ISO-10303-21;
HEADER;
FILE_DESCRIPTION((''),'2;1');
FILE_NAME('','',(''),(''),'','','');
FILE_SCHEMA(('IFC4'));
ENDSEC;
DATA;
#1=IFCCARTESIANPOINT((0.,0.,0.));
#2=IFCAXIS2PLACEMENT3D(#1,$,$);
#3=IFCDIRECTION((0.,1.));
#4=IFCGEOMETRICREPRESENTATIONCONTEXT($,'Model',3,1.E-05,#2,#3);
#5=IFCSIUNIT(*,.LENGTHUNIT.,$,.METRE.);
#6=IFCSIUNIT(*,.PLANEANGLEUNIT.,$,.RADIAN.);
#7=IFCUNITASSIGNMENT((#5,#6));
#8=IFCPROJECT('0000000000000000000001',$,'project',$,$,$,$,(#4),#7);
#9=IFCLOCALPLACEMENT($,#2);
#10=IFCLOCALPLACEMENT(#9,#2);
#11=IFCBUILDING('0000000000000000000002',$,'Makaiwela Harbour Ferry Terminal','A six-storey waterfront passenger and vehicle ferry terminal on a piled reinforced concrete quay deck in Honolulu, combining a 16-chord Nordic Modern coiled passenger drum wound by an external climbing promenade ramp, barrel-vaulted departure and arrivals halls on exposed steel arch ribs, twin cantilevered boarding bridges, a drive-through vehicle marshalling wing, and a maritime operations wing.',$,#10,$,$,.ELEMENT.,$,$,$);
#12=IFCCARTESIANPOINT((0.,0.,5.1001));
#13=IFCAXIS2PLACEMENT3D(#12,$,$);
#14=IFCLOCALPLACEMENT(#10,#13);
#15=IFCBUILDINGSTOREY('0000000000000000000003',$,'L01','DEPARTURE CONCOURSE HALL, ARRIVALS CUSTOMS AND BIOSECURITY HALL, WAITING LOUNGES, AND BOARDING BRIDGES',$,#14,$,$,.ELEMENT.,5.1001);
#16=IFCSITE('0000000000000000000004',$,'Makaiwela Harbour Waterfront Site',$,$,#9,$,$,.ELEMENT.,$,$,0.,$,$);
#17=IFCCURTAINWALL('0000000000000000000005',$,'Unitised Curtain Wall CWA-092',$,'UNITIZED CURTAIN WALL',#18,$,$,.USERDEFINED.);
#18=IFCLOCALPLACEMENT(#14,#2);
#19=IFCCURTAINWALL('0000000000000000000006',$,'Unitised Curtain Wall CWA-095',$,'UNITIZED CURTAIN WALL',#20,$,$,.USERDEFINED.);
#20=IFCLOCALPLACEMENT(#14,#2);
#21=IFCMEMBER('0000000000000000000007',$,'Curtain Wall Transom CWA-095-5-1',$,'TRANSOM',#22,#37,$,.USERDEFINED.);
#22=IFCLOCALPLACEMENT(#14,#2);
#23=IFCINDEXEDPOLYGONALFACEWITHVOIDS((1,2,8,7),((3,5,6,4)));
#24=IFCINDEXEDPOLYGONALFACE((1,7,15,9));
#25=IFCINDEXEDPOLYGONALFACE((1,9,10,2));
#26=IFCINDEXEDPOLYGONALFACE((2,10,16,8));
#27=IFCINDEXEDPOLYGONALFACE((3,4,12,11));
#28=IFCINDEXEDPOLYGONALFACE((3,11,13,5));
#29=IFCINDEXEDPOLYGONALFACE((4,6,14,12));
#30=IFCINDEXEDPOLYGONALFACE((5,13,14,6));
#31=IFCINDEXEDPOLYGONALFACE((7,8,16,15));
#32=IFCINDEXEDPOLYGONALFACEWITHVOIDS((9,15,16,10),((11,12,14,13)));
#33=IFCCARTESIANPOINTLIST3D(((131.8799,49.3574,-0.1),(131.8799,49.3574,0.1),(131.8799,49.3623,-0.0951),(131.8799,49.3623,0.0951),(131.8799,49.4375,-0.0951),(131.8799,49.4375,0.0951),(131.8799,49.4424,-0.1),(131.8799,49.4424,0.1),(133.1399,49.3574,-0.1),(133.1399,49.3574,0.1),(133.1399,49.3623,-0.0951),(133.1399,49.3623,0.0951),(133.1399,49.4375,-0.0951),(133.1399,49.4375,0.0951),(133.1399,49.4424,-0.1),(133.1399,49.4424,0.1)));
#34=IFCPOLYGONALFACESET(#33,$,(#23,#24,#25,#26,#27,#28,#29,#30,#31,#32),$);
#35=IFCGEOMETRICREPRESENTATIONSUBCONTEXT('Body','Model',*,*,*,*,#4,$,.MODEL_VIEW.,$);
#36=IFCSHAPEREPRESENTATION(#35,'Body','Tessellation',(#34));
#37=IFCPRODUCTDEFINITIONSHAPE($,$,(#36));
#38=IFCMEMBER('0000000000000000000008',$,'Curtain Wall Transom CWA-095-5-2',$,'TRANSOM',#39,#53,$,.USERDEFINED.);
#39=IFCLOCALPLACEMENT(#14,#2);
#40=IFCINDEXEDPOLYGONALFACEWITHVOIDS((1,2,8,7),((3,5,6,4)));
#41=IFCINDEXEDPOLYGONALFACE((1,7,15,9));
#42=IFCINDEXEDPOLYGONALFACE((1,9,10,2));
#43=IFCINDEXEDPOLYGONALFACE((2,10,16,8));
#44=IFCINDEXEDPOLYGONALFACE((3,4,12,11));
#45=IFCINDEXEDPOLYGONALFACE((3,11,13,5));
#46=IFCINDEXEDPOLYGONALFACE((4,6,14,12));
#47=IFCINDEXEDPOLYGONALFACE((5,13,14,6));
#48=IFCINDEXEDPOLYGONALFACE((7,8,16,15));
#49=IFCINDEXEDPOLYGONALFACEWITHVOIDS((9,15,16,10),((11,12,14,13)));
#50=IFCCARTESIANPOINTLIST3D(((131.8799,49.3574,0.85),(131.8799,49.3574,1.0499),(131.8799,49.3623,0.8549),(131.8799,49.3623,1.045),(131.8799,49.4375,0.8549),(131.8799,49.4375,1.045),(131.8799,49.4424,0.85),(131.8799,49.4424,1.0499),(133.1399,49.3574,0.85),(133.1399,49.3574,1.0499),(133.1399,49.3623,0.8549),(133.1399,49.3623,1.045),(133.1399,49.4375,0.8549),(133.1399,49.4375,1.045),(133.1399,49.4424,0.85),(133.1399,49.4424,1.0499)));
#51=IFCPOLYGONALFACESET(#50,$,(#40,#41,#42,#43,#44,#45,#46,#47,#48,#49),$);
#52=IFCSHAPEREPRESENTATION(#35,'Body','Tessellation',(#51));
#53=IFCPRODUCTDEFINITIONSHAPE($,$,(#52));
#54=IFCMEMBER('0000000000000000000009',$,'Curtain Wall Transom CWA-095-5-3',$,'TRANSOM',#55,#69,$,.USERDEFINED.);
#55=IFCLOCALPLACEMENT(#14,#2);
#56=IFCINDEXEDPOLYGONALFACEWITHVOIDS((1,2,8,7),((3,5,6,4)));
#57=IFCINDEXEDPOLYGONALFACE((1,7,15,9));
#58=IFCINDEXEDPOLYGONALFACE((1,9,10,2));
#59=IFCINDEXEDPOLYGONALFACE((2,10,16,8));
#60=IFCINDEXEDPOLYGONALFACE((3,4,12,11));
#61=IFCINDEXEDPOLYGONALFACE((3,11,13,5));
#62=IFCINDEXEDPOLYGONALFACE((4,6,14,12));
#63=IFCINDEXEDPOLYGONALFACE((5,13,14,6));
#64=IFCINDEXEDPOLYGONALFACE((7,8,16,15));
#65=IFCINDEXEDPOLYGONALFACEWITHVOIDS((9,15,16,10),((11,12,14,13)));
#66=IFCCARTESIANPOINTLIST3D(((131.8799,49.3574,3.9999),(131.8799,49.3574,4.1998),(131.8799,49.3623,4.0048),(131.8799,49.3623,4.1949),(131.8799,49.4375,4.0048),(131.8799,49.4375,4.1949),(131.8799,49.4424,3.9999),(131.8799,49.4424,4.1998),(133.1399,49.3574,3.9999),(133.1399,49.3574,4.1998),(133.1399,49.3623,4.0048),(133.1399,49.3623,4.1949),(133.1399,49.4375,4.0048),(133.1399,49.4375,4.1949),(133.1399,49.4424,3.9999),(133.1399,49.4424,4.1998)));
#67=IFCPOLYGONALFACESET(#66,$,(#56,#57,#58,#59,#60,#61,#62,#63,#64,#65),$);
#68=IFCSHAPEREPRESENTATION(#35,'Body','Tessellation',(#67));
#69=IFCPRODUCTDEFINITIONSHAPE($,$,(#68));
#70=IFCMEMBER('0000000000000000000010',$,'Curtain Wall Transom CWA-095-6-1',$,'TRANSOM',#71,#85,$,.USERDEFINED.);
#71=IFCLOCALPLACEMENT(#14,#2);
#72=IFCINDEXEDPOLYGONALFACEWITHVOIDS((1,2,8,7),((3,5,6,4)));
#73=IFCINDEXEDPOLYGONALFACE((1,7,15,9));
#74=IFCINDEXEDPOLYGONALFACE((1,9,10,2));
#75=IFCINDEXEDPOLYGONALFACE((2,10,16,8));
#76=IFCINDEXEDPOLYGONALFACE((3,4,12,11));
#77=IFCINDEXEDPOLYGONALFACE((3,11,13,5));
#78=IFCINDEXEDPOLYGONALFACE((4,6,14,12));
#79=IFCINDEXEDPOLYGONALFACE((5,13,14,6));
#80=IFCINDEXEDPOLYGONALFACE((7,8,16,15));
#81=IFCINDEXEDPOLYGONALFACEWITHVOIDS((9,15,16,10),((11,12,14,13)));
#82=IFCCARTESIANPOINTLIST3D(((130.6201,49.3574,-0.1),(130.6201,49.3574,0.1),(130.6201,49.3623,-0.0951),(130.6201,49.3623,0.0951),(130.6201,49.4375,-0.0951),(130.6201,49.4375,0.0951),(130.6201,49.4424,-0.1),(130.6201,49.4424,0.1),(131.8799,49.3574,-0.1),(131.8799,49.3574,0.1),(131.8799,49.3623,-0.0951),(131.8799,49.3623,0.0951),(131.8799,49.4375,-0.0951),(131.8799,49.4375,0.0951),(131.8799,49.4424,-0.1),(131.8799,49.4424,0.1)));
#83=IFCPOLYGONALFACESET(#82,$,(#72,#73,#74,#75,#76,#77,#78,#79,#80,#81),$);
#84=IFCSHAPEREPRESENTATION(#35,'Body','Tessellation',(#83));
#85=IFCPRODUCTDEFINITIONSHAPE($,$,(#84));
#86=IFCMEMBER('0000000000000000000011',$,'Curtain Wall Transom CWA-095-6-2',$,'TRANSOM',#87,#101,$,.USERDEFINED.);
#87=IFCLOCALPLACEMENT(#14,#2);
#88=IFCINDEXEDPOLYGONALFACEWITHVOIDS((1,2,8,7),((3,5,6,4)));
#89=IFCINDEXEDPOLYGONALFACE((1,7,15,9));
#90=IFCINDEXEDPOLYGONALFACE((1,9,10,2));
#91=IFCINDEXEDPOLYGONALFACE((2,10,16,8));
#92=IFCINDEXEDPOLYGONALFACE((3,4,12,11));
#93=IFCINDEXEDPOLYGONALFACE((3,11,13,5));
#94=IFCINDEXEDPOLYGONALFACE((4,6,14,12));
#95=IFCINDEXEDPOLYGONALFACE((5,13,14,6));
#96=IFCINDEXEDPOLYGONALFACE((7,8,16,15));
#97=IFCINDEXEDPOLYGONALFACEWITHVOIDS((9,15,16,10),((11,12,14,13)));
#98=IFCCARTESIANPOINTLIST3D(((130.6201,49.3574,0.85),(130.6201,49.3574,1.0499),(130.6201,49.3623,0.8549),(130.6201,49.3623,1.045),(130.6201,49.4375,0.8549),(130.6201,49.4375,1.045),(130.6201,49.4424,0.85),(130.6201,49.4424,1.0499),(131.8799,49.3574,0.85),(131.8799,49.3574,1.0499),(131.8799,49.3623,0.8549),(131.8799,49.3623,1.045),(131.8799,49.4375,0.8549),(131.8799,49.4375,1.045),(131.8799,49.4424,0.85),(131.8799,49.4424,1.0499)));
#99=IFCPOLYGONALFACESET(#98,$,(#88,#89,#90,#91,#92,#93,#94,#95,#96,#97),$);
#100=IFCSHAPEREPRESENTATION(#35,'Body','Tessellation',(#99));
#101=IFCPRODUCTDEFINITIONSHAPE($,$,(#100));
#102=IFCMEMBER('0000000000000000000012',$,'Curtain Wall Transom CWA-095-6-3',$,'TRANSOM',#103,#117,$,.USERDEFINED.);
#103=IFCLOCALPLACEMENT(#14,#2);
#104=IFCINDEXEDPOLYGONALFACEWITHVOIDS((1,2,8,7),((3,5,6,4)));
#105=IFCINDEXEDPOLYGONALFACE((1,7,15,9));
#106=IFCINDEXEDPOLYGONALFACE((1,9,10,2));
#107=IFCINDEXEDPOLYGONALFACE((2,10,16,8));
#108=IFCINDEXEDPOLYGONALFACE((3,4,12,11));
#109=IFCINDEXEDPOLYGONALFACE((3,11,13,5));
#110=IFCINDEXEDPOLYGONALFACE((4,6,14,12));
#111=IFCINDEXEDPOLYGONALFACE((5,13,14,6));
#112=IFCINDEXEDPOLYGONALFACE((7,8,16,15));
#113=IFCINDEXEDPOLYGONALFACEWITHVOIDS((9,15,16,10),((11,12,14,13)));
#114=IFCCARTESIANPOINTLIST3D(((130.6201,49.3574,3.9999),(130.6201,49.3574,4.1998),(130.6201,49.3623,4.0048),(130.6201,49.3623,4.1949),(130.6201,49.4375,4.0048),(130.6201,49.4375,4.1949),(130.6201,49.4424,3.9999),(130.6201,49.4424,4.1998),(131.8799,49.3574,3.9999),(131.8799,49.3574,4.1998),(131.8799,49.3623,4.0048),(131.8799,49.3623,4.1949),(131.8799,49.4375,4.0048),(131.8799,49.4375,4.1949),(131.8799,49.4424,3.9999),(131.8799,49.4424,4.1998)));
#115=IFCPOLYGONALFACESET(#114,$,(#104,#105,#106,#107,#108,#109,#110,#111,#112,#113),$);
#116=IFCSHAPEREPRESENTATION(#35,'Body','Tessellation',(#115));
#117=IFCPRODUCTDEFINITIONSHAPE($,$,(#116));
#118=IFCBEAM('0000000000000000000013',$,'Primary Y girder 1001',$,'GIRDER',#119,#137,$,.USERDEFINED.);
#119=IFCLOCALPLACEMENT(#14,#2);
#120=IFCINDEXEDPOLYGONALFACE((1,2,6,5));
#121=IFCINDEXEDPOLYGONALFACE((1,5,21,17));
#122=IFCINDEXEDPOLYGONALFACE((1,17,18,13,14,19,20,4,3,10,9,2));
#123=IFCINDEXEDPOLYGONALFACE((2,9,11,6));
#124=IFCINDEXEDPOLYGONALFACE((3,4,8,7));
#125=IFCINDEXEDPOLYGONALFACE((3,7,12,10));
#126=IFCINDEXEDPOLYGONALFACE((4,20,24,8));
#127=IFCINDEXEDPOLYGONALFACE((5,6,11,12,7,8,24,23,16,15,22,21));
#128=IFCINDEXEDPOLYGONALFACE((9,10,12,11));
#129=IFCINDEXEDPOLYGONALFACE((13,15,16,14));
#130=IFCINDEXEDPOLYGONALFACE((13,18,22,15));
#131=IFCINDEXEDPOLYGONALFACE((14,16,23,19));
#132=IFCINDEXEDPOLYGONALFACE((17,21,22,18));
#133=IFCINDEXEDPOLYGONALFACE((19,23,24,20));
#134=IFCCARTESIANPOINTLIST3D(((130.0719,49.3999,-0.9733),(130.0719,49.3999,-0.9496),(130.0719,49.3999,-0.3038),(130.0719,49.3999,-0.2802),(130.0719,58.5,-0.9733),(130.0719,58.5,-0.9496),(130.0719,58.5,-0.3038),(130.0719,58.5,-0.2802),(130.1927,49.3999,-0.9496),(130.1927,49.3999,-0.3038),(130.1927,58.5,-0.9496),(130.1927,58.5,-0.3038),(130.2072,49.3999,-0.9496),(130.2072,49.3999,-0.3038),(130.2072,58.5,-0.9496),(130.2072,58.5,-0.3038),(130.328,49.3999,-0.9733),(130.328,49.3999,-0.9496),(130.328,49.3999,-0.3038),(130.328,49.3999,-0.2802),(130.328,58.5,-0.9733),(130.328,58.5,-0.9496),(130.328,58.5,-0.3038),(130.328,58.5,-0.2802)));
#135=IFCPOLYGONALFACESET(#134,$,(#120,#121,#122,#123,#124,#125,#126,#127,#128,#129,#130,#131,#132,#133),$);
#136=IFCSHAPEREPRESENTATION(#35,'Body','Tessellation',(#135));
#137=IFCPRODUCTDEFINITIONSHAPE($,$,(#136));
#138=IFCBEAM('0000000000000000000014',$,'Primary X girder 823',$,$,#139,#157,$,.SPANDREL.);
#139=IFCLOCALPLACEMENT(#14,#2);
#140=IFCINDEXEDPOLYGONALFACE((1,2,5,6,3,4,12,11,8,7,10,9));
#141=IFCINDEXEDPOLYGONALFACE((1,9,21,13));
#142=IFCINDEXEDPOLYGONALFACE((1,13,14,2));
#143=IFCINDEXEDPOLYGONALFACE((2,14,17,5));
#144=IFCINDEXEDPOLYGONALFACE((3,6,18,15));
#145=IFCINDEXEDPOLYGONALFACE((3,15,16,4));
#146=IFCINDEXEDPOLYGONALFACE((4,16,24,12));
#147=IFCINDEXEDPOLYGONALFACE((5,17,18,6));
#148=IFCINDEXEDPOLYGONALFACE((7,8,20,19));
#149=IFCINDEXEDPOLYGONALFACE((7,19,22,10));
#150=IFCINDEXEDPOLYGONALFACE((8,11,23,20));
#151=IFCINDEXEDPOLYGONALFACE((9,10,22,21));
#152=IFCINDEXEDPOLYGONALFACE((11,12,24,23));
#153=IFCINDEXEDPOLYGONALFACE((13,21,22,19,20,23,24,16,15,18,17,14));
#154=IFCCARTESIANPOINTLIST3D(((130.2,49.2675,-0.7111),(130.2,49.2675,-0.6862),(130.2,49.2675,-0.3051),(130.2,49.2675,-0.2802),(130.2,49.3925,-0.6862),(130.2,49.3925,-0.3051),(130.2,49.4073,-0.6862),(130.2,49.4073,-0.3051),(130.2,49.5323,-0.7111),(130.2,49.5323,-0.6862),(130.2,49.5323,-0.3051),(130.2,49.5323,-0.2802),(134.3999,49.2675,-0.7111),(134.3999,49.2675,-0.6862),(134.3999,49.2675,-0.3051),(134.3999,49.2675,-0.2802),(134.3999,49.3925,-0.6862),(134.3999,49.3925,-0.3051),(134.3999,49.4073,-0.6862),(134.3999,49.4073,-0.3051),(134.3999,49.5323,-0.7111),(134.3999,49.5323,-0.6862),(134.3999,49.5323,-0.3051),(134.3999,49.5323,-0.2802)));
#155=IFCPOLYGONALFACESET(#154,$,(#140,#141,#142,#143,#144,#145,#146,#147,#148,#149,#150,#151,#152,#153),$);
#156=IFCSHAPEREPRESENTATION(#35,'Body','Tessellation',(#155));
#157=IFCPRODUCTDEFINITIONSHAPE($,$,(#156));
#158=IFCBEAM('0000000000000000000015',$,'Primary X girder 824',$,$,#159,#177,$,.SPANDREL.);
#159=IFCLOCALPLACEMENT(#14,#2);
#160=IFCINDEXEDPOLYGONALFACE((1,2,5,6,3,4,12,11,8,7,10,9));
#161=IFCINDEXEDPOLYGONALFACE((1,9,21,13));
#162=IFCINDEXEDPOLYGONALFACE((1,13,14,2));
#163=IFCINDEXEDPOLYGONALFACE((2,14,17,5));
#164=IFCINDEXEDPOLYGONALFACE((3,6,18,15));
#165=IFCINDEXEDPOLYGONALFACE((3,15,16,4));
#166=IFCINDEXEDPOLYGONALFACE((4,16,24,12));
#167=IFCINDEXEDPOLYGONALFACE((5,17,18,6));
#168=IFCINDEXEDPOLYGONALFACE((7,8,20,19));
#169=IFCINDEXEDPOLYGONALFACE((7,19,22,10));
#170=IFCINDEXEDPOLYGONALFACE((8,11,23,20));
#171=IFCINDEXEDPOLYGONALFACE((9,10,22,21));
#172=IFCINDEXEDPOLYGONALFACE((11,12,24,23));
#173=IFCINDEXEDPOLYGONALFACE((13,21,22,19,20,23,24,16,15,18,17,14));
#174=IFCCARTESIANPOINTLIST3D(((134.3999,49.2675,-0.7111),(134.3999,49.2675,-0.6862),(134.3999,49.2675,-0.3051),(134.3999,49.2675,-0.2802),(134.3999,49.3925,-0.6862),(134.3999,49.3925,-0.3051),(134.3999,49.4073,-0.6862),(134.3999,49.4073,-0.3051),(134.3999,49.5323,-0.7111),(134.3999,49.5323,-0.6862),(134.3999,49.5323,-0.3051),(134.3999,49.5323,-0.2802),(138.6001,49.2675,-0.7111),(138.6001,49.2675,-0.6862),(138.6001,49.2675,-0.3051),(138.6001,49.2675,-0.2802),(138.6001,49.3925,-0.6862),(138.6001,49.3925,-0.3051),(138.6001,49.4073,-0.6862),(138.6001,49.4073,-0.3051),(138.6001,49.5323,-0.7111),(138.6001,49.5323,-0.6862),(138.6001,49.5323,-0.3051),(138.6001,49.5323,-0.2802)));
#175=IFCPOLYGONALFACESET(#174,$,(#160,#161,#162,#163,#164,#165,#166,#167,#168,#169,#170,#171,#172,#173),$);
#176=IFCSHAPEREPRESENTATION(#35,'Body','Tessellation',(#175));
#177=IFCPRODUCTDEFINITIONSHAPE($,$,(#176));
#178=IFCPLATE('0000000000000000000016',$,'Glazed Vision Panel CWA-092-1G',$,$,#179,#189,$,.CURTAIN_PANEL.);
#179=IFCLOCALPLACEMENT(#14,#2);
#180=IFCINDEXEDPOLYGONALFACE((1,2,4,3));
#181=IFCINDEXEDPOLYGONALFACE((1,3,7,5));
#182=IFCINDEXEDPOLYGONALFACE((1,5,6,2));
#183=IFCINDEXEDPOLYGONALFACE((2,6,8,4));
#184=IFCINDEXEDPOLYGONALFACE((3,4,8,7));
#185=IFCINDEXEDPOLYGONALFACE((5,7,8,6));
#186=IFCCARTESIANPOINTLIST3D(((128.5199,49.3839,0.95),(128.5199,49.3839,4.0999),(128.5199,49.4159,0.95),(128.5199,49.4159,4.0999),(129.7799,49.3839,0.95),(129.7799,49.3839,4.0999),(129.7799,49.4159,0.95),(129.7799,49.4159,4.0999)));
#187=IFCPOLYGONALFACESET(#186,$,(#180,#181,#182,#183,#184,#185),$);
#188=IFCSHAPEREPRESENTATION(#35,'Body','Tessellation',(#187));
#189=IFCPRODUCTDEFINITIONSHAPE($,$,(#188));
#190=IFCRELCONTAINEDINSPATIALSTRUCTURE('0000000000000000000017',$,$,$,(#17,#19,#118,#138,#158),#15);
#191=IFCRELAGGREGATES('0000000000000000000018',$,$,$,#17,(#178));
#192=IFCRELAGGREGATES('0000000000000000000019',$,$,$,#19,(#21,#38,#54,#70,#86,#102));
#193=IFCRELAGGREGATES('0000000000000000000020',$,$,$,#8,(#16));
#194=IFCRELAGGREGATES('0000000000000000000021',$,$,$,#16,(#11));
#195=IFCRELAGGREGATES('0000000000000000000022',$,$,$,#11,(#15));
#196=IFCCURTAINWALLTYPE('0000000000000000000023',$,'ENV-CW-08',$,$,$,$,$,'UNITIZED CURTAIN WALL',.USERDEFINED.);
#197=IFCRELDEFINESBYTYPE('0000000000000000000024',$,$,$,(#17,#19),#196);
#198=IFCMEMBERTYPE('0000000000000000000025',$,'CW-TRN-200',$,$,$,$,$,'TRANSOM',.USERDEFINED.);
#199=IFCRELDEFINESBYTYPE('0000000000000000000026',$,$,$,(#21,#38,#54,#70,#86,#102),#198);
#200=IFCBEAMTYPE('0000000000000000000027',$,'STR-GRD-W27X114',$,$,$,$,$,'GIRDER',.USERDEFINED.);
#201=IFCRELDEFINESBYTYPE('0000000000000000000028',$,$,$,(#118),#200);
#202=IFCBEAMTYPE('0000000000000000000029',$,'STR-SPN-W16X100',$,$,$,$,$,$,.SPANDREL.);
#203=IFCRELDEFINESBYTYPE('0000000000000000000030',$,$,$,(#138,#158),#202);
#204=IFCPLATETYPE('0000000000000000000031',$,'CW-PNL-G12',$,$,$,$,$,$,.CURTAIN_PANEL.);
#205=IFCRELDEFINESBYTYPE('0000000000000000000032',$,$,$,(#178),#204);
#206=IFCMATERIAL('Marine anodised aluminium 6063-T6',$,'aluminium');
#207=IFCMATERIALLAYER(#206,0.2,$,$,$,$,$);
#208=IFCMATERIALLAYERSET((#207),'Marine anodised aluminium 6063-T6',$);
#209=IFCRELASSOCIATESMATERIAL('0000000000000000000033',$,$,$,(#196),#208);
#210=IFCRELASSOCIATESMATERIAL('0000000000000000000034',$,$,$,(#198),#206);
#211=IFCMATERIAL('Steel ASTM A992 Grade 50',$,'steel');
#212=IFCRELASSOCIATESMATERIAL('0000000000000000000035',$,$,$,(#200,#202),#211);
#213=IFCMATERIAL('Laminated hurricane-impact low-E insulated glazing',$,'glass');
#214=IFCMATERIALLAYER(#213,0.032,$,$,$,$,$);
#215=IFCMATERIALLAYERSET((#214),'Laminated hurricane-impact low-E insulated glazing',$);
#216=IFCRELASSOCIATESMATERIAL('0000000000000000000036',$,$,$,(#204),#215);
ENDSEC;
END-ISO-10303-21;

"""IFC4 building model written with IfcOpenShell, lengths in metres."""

from ifc_helpers import new_model, si_unit, direction, frame, origin, origin_2d, place, context, subcontext, project, spatial, rectangle, hollow_rectangle, i_section, extrude, material, layer, layer_set, material_profile, profile_set, type_object, element, aggregate, save


model = new_model("IFC4")

# Units and contexts
model_context = context("Model", 3, precision=1e-05, world=origin(), true_north=direction((0.0, 1.0)))
body_context = subcontext(model_context, "Body", "Model", "MODEL_VIEW")
ifc_project = project(units=[si_unit("LENGTHUNIT", "METRE"), si_unit("PLANEANGLEUNIT", "RADIAN")], contexts=[model_context])

# Site, building, storey
site_placement = place(None, origin())
site = spatial("IfcSite", under=ifc_project, at=site_placement, Name="Makaiwela Harbour Waterfront Site", CompositionType="ELEMENT", RefElevation=0.0)
building_placement = place(site_placement, origin())
building = spatial("IfcBuilding", under=site, at=building_placement, Name="Makaiwela Harbour Ferry Terminal", Description="A six-storey waterfront passenger and vehicle ferry terminal on a piled reinforced concrete quay deck in Honolulu, combining a 16-chord Nordic Modern coiled passenger drum wound by an external climbing promenade ramp, barrel-vaulted departure and arrivals halls on exposed steel arch ribs, twin cantilevered boarding bridges, a drive-through vehicle marshalling wing, and a maritime operations wing.", CompositionType="ELEMENT")
storey_placement = place(building_placement, frame((0.0, 0.0, 5.1001)))
storey = spatial("IfcBuildingStorey", under=building, at=storey_placement, Name="L01", Description="DEPARTURE CONCOURSE HALL, ARRIVALS CUSTOMS AND BIOSECURITY HALL, WAITING LOUNGES, AND BOARDING BRIDGES", CompositionType="ELEMENT", Elevation=5.1001)

# Shared definitions
ifc_material_1 = material(Name="Steel ASTM A992 Grade 50", Category="steel")

# Curtain wall
ifc_material_2 = material(Name="Marine anodised aluminium 6063-T6", Category="aluminium")
ifc_layer_1 = layer(ifc_material_2, 0.2)
ifc_layer_set_1 = layer_set([ifc_layer_1], Name="Marine anodised aluminium 6063-T6")
curtain_wall_type = type_object("IfcCurtainWallType", Name="ENV-CW-08", ElementType="UNITIZED CURTAIN WALL", PredefinedType="USERDEFINED", material=ifc_layer_set_1)
curtain_wall_1_placement = place(storey_placement, origin())
curtain_wall_1 = element("IfcCurtainWall", 1, at=curtain_wall_1_placement, inside=storey, type_object=curtain_wall_type, Name="Unitised Curtain Wall CWA-092", ObjectType="UNITIZED CURTAIN WALL", PredefinedType="USERDEFINED")

# Curtain wall
curtain_wall_2_placement = place(storey_placement, origin())
curtain_wall_2 = element("IfcCurtainWall", 2, at=curtain_wall_2_placement, inside=storey, type_object=curtain_wall_type, Name="Unitised Curtain Wall CWA-095", ObjectType="UNITIZED CURTAIN WALL", PredefinedType="USERDEFINED")

# Members
ifc_material_profile_1 = material_profile(ifc_material_2, hollow_rectangle(XDim=0.085, YDim=0.2, WallThickness=0.0049, at=origin_2d()), Name="CWT-200X85")
ifc_profile_set_1 = profile_set([ifc_material_profile_1], Name="Marine anodised aluminium 6063-T6")
member_type_1 = type_object("IfcMemberType", Name="CW-TRN-200", ElementType="TRANSOM", PredefinedType="USERDEFINED", material=ifc_profile_set_1)
member_1_placement = place(storey_placement, frame((133.1399, 49.3999, 0.0), z_axis=(-1.0, 0.0, 0.0), x_axis=(0.0, -1.0, 0.0)))
member_1 = element("IfcMember", 3, at=member_1_placement, type_object=member_type_1, Name="Curtain Wall Transom CWA-095-5-1", ObjectType="TRANSOM", PredefinedType="USERDEFINED", context=body_context, shape_type="SweptSolid", body=[
    extrude(hollow_rectangle(XDim=0.085, YDim=0.2, WallThickness=0.0049, at=origin_2d()), origin(), (0.0, 0.0, 1.0), 1.26),
])
member_2_placement = place(storey_placement, frame((133.1399, 49.3999, 0.95), z_axis=(-1.0, 0.0, 0.0), x_axis=(0.0, -1.0, 0.0)))
member_2 = element("IfcMember", 4, at=member_2_placement, type_object=member_type_1, Name="Curtain Wall Transom CWA-095-5-2", ObjectType="TRANSOM", PredefinedType="USERDEFINED", context=body_context, shape_type="SweptSolid", body=[
    extrude(hollow_rectangle(XDim=0.085, YDim=0.2, WallThickness=0.0049, at=origin_2d()), origin(), (0.0, 0.0, 1.0), 1.26),
])
member_3_placement = place(storey_placement, frame((133.1399, 49.3999, 4.0999), z_axis=(-1.0, 0.0, 0.0), x_axis=(0.0, -1.0, 0.0)))
member_3 = element("IfcMember", 5, at=member_3_placement, type_object=member_type_1, Name="Curtain Wall Transom CWA-095-5-3", ObjectType="TRANSOM", PredefinedType="USERDEFINED", context=body_context, shape_type="SweptSolid", body=[
    extrude(hollow_rectangle(XDim=0.085, YDim=0.2, WallThickness=0.0049, at=origin_2d()), origin(), (0.0, 0.0, 1.0), 1.26),
])
member_4_placement = place(storey_placement, frame((131.8799, 49.3999, 0.0), z_axis=(-1.0, 0.0, 0.0), x_axis=(0.0, -1.0, 0.0)))
member_4 = element("IfcMember", 6, at=member_4_placement, type_object=member_type_1, Name="Curtain Wall Transom CWA-095-6-1", ObjectType="TRANSOM", PredefinedType="USERDEFINED", context=body_context, shape_type="SweptSolid", body=[
    extrude(hollow_rectangle(XDim=0.085, YDim=0.2, WallThickness=0.0049, at=origin_2d()), origin(), (0.0, 0.0, 1.0), 1.2598),
])
member_5_placement = place(storey_placement, frame((131.8799, 49.3999, 0.95), z_axis=(-1.0, 0.0, 0.0), x_axis=(0.0, -1.0, 0.0)))
member_5 = element("IfcMember", 7, at=member_5_placement, type_object=member_type_1, Name="Curtain Wall Transom CWA-095-6-2", ObjectType="TRANSOM", PredefinedType="USERDEFINED", context=body_context, shape_type="SweptSolid", body=[
    extrude(hollow_rectangle(XDim=0.085, YDim=0.2, WallThickness=0.0049, at=origin_2d()), origin(), (0.0, 0.0, 1.0), 1.2598),
])
member_6_placement = place(storey_placement, frame((131.8799, 49.3999, 4.0999), z_axis=(-1.0, 0.0, 0.0), x_axis=(0.0, -1.0, 0.0)))
member_6 = element("IfcMember", 8, at=member_6_placement, type_object=member_type_1, Name="Curtain Wall Transom CWA-095-6-3", ObjectType="TRANSOM", PredefinedType="USERDEFINED", context=body_context, shape_type="SweptSolid", body=[
    extrude(hollow_rectangle(XDim=0.085, YDim=0.2, WallThickness=0.0049, at=origin_2d()), origin(), (0.0, 0.0, 1.0), 1.2598),
])

# Beams
ifc_material_profile_2 = material_profile(ifc_material_1, i_section(OverallWidth=0.2561, OverallDepth=0.6931, WebThickness=0.0144, FlangeThickness=0.0237, at=origin_2d()), Name="W27X114")
ifc_profile_set_2 = profile_set([ifc_material_profile_2], Name="Steel ASTM A992 Grade 50")
beam_type_1 = type_object("IfcBeamType", Name="STR-GRD-W27X114", ElementType="GIRDER", PredefinedType="USERDEFINED", material=ifc_profile_set_2)
beam_1_placement = place(storey_placement, frame((130.2, 49.3999, -0.6267), z_axis=(0.0, 1.0, 0.0), x_axis=(-1.0, 0.0, 0.0)))
element("IfcBeam", 9, at=beam_1_placement, inside=storey, type_object=beam_type_1, Name="Primary Y girder 1001", ObjectType="GIRDER", PredefinedType="USERDEFINED", context=body_context, shape_type="SweptSolid", body=[
    extrude(i_section(OverallWidth=0.2561, OverallDepth=0.6931, WebThickness=0.0144, FlangeThickness=0.0237, at=origin_2d()), origin(), (0.0, 0.0, 1.0), 9.1001),
])
ifc_material_profile_3 = material_profile(ifc_material_1, i_section(OverallWidth=0.2649, OverallDepth=0.4309, WebThickness=0.0149, FlangeThickness=0.0249, at=origin_2d()), Name="W16X100")
ifc_profile_set_3 = profile_set([ifc_material_profile_3], Name="Steel ASTM A992 Grade 50")
beam_type_2 = type_object("IfcBeamType", Name="STR-SPN-W16X100", PredefinedType="SPANDREL", material=ifc_profile_set_3)
beam_2_placement = place(storey_placement, frame((130.2, 49.3999, -0.4956), z_axis=(1.0, 0.0, 0.0), x_axis=(0.0, 1.0, 0.0)))
element("IfcBeam", 10, at=beam_2_placement, inside=storey, type_object=beam_type_2, Name="Primary X girder 823", PredefinedType="SPANDREL", context=body_context, shape_type="SweptSolid", body=[
    extrude(i_section(OverallWidth=0.2649, OverallDepth=0.4309, WebThickness=0.0149, FlangeThickness=0.0249, at=origin_2d()), origin(), (0.0, 0.0, 1.0), 4.2),
])
beam_3_placement = place(storey_placement, frame((134.3999, 49.3999, -0.4956), z_axis=(1.0, 0.0, 0.0), x_axis=(0.0, 1.0, 0.0)))
element("IfcBeam", 11, at=beam_3_placement, inside=storey, type_object=beam_type_2, Name="Primary X girder 824", PredefinedType="SPANDREL", context=body_context, shape_type="SweptSolid", body=[
    extrude(i_section(OverallWidth=0.2649, OverallDepth=0.4309, WebThickness=0.0149, FlangeThickness=0.0249, at=origin_2d()), origin(), (0.0, 0.0, 1.0), 4.2002),
])

# Plate
ifc_material_3 = material(Name="Laminated hurricane-impact low-E insulated glazing", Category="glass")
ifc_layer_2 = layer(ifc_material_3, 0.032)
ifc_layer_set_2 = layer_set([ifc_layer_2], Name="Laminated hurricane-impact low-E insulated glazing")
plate_type_1 = type_object("IfcPlateType", Name="CW-PNL-G12", PredefinedType="CURTAIN_PANEL", material=ifc_layer_set_2)
plate_1_placement = place(storey_placement, frame((129.1499, 49.3999, 0.95), z_axis=(0.0, 0.0, 1.0), x_axis=(-1.0, 0.0, 0.0)))
plate_1 = element("IfcPlate", 12, at=plate_1_placement, type_object=plate_type_1, Name="Glazed Vision Panel CWA-092-1G", PredefinedType="CURTAIN_PANEL", context=body_context, shape_type="SweptSolid", body=[
    extrude(rectangle(XDim=1.26, YDim=0.032, at=origin_2d()), origin(), (0.0, 0.0, 1.0), 3.1499),
])
aggregate(curtain_wall_1, [plate_1])
aggregate(curtain_wall_2, [member_1, member_2, member_3, member_4, member_5, member_6])

save(model, "model.ifc")
